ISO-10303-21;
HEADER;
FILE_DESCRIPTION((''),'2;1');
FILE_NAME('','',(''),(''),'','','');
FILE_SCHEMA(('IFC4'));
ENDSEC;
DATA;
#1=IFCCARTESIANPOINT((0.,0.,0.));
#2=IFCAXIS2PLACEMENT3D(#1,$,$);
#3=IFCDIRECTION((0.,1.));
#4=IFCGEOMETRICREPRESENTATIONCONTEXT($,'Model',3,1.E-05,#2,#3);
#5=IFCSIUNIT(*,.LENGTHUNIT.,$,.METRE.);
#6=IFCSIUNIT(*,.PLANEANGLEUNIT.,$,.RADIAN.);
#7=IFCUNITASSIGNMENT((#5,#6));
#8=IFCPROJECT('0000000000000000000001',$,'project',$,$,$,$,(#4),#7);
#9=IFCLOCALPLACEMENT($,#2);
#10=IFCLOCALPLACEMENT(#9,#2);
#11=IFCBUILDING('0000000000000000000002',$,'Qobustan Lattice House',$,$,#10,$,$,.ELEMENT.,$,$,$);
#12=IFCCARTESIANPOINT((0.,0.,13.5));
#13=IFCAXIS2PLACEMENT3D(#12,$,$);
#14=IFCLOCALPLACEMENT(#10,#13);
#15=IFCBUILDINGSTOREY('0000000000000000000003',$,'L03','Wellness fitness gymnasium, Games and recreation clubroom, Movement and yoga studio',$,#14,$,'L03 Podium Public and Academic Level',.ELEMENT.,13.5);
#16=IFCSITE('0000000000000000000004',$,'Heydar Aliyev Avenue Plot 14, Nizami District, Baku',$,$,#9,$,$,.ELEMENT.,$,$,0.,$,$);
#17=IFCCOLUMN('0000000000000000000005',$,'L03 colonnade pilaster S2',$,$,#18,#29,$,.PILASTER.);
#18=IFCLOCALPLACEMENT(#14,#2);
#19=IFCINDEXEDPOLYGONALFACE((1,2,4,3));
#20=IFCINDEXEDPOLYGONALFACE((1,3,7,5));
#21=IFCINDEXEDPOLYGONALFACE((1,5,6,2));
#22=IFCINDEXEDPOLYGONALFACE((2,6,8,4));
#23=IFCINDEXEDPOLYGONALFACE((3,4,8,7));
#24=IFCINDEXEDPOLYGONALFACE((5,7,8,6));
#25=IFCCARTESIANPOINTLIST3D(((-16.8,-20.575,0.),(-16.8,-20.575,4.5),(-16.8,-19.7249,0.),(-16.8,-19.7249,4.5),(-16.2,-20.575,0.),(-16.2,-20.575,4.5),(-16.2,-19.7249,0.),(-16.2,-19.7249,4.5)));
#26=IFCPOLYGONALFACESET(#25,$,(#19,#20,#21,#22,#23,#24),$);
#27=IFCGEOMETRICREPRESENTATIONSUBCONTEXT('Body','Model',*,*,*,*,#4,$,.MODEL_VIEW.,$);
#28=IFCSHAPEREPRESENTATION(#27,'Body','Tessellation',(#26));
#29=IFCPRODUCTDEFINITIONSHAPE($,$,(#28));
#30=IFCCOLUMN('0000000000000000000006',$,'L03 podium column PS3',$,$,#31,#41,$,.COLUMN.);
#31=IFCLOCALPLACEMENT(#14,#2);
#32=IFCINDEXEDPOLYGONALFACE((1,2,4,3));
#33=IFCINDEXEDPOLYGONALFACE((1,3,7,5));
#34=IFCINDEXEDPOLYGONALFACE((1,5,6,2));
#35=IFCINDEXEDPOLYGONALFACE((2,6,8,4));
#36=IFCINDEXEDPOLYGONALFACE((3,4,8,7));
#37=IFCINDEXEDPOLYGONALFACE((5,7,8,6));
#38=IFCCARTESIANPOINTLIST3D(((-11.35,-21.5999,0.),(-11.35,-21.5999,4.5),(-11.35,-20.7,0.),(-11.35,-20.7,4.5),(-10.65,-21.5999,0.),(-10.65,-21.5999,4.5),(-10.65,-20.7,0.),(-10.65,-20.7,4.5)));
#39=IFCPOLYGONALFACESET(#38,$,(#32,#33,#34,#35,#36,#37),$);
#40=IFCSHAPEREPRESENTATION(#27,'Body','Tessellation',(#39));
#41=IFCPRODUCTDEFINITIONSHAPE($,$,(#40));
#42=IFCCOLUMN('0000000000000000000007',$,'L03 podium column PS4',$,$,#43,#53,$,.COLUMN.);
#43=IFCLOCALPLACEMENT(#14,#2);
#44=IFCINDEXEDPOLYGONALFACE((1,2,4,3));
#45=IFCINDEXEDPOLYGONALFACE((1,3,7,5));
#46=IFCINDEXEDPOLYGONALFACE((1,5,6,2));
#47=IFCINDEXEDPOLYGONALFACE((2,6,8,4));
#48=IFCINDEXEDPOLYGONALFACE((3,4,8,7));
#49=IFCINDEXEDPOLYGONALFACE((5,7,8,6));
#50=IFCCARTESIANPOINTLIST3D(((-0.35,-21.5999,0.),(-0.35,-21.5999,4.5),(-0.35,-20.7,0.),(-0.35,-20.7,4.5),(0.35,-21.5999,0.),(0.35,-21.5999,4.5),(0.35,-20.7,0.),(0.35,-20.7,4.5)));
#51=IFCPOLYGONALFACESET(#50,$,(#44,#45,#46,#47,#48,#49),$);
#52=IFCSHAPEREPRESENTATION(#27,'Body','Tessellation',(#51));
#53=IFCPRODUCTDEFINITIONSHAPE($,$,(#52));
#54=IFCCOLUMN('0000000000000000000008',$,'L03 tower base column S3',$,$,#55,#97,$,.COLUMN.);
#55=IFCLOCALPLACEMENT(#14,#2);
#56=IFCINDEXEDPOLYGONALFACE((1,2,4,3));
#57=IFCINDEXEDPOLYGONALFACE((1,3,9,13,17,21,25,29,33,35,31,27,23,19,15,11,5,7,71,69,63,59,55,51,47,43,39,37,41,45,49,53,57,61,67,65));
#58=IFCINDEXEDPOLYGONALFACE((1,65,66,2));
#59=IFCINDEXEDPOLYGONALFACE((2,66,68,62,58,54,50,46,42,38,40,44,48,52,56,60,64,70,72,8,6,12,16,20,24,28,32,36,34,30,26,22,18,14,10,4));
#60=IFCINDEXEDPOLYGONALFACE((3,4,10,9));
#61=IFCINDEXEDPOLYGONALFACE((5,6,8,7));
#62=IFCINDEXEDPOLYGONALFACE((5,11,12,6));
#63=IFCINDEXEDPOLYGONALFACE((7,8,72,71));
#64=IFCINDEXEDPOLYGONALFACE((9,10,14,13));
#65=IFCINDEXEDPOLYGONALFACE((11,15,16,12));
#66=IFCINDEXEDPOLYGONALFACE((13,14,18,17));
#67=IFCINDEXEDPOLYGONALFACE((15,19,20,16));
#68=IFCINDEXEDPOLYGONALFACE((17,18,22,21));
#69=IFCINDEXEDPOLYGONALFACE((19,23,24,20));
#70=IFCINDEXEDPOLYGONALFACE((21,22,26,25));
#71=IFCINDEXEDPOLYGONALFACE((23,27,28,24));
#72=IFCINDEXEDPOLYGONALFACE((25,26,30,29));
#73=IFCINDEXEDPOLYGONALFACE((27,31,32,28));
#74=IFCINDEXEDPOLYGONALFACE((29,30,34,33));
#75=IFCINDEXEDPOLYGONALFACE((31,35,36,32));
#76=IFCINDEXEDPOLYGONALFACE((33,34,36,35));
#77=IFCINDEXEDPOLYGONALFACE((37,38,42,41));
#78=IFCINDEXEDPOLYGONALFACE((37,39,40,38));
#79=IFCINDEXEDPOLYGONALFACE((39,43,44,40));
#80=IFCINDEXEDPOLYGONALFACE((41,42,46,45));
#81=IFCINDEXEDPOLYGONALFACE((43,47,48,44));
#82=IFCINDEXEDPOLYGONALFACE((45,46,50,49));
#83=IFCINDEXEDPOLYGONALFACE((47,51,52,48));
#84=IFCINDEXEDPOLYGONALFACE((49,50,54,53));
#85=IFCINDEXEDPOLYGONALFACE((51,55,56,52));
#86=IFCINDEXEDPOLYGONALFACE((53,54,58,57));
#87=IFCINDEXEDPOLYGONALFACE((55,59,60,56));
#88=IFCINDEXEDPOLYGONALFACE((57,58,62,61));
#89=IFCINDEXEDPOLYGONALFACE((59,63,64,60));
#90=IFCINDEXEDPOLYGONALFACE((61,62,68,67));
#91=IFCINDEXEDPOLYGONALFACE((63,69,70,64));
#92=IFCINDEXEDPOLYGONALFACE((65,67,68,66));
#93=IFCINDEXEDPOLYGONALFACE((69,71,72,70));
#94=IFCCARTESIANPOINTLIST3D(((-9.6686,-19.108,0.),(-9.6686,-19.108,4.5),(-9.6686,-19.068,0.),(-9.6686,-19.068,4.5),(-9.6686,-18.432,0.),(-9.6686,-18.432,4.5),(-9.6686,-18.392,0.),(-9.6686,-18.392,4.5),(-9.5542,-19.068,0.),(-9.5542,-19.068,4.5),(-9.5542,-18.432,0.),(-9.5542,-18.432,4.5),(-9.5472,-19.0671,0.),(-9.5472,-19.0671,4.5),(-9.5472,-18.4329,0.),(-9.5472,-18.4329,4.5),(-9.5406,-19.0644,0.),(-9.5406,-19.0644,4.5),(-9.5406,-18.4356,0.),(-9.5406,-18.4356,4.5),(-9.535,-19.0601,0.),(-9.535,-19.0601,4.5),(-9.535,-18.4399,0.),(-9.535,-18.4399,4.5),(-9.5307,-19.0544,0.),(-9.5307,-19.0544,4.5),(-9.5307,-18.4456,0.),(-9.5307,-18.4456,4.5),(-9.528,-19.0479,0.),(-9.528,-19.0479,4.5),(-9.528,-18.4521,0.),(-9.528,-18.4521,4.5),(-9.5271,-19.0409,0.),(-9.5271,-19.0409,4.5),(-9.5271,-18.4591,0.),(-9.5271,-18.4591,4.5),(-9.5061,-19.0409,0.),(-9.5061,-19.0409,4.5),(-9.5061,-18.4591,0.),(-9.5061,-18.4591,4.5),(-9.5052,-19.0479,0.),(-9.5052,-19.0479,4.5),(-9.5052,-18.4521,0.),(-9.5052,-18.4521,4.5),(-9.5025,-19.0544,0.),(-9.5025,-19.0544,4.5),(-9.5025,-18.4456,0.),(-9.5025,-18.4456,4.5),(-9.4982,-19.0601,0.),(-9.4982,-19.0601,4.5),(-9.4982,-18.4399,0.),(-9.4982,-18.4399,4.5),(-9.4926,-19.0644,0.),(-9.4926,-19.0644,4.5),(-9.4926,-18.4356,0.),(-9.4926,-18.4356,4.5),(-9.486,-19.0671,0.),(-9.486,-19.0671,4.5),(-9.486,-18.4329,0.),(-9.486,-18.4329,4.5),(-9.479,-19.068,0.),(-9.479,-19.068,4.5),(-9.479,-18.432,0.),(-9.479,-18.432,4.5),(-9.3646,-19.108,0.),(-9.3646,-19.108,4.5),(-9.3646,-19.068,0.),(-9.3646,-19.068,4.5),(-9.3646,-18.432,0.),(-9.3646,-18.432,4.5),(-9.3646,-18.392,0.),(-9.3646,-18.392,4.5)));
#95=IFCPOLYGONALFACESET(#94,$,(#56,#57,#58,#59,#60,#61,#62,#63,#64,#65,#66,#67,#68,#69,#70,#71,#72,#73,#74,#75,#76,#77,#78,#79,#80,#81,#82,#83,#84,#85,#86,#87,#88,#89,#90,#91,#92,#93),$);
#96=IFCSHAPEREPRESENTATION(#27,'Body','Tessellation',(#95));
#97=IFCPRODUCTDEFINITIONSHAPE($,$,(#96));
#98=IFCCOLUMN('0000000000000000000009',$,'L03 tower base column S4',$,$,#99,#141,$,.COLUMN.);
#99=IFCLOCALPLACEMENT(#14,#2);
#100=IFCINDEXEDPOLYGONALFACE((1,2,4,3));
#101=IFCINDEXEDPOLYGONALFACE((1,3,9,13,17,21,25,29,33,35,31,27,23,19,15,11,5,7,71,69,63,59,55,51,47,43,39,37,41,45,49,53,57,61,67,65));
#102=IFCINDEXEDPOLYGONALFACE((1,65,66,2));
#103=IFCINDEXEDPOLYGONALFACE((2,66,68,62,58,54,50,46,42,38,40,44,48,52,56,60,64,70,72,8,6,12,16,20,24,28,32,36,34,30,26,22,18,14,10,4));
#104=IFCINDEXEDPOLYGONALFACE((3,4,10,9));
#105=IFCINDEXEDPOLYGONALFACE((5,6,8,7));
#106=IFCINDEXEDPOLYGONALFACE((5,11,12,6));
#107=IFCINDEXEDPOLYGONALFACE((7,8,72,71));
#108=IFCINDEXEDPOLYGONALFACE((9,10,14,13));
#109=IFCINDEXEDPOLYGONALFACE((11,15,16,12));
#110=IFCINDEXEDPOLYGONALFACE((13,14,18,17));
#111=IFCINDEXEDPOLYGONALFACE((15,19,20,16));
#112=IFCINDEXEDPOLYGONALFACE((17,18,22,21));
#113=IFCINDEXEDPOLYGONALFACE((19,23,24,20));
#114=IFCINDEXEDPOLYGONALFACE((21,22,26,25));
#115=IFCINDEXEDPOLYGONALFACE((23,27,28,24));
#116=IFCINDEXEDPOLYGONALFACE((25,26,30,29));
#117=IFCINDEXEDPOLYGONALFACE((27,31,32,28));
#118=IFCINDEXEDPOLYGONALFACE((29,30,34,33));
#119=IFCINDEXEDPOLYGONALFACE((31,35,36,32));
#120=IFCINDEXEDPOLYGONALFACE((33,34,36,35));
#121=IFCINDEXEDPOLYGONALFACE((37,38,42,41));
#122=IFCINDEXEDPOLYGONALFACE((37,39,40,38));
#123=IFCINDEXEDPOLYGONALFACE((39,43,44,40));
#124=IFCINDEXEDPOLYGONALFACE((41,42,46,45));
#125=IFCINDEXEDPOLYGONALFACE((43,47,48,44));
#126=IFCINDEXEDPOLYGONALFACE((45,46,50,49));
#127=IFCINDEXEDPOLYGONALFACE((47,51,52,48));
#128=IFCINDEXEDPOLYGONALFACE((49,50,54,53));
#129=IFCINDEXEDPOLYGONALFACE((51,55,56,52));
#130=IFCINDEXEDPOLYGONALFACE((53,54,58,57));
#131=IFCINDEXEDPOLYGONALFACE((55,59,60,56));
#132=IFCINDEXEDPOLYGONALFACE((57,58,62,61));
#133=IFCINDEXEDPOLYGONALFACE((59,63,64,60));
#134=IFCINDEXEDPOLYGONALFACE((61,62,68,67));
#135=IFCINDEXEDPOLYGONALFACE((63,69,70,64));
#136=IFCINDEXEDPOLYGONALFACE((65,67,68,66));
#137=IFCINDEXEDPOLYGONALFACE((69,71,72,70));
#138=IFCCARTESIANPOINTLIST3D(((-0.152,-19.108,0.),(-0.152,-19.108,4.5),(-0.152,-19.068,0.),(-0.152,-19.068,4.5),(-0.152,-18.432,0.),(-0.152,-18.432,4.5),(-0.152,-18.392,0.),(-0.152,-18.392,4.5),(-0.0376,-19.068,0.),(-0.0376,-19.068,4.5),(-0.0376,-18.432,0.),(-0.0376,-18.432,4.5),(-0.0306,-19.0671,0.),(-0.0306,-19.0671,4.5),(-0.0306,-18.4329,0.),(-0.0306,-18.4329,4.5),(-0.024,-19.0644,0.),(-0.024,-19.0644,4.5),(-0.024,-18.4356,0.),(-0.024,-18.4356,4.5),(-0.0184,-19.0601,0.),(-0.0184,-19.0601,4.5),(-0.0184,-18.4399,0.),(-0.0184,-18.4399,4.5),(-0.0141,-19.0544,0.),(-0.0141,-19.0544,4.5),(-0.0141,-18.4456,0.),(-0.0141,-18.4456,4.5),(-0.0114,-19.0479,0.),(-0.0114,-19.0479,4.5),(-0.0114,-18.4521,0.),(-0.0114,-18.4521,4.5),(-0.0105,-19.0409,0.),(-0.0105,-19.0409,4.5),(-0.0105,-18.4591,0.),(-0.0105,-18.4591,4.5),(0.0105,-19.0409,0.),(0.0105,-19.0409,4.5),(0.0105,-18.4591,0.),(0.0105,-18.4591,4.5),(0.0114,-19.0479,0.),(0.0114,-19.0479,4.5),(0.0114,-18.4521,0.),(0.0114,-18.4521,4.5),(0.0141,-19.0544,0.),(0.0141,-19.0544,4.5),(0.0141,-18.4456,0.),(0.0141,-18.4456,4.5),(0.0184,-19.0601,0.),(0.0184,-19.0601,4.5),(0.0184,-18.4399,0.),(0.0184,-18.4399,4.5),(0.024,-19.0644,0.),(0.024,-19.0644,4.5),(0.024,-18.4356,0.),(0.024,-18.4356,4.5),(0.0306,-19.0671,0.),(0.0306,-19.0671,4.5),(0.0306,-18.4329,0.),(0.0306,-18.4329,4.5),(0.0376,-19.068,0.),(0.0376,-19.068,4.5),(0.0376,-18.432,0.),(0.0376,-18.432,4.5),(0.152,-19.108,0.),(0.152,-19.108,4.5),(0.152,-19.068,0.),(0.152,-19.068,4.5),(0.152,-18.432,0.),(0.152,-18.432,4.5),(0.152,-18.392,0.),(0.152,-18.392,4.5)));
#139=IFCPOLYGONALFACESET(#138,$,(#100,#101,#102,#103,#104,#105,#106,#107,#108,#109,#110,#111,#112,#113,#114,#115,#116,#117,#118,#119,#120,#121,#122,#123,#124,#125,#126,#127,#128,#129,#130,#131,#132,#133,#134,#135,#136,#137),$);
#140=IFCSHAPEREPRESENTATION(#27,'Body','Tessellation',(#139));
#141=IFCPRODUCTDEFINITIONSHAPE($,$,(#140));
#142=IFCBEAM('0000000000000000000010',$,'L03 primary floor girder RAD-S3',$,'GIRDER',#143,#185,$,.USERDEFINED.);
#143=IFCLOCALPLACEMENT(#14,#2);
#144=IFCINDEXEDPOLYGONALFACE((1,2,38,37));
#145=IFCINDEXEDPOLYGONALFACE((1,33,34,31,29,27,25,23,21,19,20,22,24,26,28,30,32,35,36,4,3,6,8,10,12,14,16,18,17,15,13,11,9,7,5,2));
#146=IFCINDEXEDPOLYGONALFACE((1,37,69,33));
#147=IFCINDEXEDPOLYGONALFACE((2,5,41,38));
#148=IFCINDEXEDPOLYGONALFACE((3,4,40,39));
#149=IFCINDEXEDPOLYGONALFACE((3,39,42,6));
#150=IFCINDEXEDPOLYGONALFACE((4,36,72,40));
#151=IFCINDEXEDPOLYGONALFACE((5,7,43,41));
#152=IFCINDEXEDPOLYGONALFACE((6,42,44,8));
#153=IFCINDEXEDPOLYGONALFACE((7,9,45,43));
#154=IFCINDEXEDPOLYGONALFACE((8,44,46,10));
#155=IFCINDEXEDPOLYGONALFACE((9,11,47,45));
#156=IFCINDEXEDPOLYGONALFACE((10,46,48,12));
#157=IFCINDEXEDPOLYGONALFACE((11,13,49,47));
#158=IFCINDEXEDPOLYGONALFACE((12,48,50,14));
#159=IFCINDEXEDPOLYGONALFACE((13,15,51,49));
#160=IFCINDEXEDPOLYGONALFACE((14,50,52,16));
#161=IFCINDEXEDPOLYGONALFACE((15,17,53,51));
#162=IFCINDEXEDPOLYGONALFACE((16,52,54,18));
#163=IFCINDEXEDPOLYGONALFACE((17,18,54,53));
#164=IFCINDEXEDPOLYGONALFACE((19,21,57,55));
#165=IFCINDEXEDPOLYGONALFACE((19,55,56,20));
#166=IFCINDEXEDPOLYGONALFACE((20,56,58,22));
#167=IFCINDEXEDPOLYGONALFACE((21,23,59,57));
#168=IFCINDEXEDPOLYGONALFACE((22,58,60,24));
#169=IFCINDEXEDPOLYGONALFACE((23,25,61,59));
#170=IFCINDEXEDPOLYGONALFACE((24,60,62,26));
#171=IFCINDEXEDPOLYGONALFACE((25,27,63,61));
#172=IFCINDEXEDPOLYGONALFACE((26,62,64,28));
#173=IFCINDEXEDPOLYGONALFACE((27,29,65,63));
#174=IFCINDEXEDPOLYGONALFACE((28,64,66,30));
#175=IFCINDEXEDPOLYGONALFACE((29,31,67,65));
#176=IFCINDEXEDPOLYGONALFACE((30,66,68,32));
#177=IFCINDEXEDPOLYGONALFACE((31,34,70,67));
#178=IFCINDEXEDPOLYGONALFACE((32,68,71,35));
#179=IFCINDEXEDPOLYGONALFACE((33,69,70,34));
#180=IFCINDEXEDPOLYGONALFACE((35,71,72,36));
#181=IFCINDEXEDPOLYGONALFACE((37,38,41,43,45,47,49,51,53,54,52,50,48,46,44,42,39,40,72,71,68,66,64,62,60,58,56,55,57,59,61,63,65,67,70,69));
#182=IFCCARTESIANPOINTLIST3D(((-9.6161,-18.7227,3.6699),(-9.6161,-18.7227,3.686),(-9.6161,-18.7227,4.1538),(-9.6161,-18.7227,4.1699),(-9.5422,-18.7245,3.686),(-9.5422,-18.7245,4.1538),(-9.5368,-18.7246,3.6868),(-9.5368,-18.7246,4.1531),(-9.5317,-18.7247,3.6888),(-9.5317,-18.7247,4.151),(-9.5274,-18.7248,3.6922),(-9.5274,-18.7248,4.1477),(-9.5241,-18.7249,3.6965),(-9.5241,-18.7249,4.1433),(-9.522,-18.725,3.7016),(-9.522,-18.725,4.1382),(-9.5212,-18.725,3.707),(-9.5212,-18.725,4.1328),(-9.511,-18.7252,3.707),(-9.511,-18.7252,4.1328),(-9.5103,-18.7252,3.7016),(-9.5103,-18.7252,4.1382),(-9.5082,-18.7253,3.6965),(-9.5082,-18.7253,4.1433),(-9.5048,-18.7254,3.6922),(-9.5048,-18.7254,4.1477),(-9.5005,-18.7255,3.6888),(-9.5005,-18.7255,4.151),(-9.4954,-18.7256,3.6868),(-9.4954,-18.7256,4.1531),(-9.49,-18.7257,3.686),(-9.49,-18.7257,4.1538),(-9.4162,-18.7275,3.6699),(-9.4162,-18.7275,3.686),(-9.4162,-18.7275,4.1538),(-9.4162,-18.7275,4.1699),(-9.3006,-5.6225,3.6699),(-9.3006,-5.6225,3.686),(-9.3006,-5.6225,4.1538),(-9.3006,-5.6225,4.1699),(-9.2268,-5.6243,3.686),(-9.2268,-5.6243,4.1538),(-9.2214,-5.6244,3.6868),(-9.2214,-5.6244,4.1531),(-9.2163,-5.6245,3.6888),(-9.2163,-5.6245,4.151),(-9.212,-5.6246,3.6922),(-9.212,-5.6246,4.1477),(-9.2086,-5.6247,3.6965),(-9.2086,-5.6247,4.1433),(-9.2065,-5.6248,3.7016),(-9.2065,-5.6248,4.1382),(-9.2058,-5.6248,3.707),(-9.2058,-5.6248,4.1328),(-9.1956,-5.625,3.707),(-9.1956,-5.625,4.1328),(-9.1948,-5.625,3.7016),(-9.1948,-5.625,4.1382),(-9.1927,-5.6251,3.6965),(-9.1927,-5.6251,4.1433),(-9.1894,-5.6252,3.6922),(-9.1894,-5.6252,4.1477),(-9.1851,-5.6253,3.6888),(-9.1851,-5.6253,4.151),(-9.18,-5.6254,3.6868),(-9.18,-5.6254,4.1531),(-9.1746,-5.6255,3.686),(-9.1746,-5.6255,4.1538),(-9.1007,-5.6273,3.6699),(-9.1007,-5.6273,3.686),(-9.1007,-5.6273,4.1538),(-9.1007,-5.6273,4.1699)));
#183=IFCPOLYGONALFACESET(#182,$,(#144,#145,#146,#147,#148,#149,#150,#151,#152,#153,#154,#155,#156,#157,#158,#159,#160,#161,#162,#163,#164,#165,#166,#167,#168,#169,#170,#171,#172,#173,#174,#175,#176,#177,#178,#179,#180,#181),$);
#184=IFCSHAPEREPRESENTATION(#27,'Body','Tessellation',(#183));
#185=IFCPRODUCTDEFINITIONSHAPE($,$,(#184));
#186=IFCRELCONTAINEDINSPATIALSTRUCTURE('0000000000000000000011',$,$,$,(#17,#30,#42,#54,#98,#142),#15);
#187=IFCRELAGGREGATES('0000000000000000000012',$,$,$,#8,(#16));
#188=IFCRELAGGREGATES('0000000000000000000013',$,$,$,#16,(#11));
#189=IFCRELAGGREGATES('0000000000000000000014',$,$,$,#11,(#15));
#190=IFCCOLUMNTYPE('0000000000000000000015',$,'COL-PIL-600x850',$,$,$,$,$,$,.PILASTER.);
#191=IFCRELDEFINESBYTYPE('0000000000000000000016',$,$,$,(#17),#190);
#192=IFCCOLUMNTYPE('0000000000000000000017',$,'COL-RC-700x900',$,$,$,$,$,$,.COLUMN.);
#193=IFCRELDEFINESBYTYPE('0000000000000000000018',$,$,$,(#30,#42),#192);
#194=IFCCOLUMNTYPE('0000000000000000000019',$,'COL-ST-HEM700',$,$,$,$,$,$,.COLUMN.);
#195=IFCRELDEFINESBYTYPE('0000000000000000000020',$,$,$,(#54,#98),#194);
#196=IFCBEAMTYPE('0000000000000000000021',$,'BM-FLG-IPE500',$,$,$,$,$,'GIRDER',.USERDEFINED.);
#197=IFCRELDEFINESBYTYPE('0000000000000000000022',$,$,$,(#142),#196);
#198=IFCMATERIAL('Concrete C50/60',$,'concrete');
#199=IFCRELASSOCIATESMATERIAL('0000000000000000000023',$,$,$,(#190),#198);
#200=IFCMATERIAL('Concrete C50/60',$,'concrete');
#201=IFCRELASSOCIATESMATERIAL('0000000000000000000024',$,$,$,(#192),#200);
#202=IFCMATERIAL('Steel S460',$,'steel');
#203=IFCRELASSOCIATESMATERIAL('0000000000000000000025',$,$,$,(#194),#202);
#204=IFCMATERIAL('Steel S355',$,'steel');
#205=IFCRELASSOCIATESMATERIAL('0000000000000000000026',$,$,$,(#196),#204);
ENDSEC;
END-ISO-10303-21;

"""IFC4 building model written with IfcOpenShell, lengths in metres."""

from ifc_helpers import new_model, si_unit, direction, frame, origin, origin_2d, place, context, subcontext, project, spatial, rectangle, i_section, extrude, material, material_profile, profile_set, type_object, element, save


model = new_model("IFC4")

# Units and contexts
model_context = context("Model", 3, precision=1e-05, world=origin(), true_north=direction((0.0, 1.0)))
body_context = subcontext(model_context, "Body", "Model", "MODEL_VIEW")
ifc_project = project(units=[si_unit("LENGTHUNIT", "METRE"), si_unit("PLANEANGLEUNIT", "RADIAN")], contexts=[model_context])

# Site, building, storey
site_placement = place(None, origin())
site = spatial("IfcSite", under=ifc_project, at=site_placement, Name="Heydar Aliyev Avenue Plot 14, Nizami District, Baku", CompositionType="ELEMENT", RefElevation=0.0)
building_placement = place(site_placement, origin())
building = spatial("IfcBuilding", under=site, at=building_placement, Name="Qobustan Lattice House", CompositionType="ELEMENT")
storey_placement = place(building_placement, frame((0.0, 0.0, 13.5)))
storey = spatial("IfcBuildingStorey", under=building, at=storey_placement, Name="L03", Description="Wellness fitness gymnasium, Games and recreation clubroom, Movement and yoga studio", LongName="L03 Podium Public and Academic Level", CompositionType="ELEMENT", Elevation=13.5)

# Columns
ifc_material_1 = material(Name="Concrete C50/60", Category="concrete")
ifc_material_profile_1 = material_profile(ifc_material_1, rectangle(XDim=0.6001, YDim=0.8501, at=origin_2d()), Name="RC600x850")
ifc_profile_set_1 = profile_set([ifc_material_profile_1], Name="Concrete C50/60")
column_type_1 = type_object("IfcColumnType", Name="COL-PIL-600x850", PredefinedType="PILASTER", material=ifc_profile_set_1)
column_placement = place(storey_placement, frame((-16.5, -20.1499, 0.0), z_axis=(0.0, 0.0, 1.0), x_axis=(1.0, 0.0, 0.0)))
element("IfcColumn", 1, at=column_placement, inside=storey, type_object=column_type_1, Name="L03 colonnade pilaster S2", PredefinedType="PILASTER", context=body_context, shape_type="SweptSolid", body=[
    extrude(rectangle(XDim=0.6001, YDim=0.8501, at=origin_2d()), origin(), (0.0, 0.0, 1.0), 4.5),
])
ifc_material_2 = material(Name="Concrete C50/60", Category="concrete")
ifc_material_profile_2 = material_profile(ifc_material_2, rectangle(XDim=0.7, YDim=0.8999, at=origin_2d()), Name="RC700x900")
ifc_profile_set_2 = profile_set([ifc_material_profile_2], Name="Concrete C50/60")
column_type_2 = type_object("IfcColumnType", Name="COL-RC-700x900", PredefinedType="COLUMN", material=ifc_profile_set_2)
for number, where, z_axis, x_axis, name in (
    (2, (-11.0, -21.1499, 0.0), (0.0, 0.0, 1.0), (1.0, 0.0, 0.0), "L03 podium column PS3"),
    (3, (0.0, -21.1499, 0.0), (0.0, 0.0, 1.0), (1.0, 0.0, 0.0), "L03 podium column PS4"),
):
    element("IfcColumn", number, at=place(storey_placement, frame(where, z_axis=z_axis, x_axis=x_axis)), inside=storey, type_object=column_type_2, Name=name, PredefinedType="COLUMN", context=body_context, shape_type="SweptSolid", body=[
        extrude(rectangle(XDim=0.7, YDim=0.8999, at=origin_2d()), origin(), (0.0, 0.0, 1.0), 4.5),
    ])
ifc_material_3 = material(Name="Steel S460", Category="steel")
ifc_material_profile_3 = material_profile(ifc_material_3, i_section(OverallWidth=0.304, OverallDepth=0.7161, WebThickness=0.021, FlangeThickness=0.04, FilletRadius=0.0271, at=origin_2d()), Name="HEM700")
ifc_profile_set_3 = profile_set([ifc_material_profile_3], Name="Steel S460")
column_type_3 = type_object("IfcColumnType", Name="COL-ST-HEM700", PredefinedType="COLUMN", material=ifc_profile_set_3)
for number, where, z_axis, x_axis, name in (
    (4, (-9.5166, -18.75, 0.0), (0.0, 0.0, 1.0), (1.0, 0.0, 0.0), "L03 tower base column S3"),
    (5, (0.0, -18.75, 0.0), (0.0, 0.0, 1.0), (1.0, 0.0, 0.0), "L03 tower base column S4"),
):
    element("IfcColumn", number, at=place(storey_placement, frame(where, z_axis=z_axis, x_axis=x_axis)), inside=storey, type_object=column_type_3, Name=name, PredefinedType="COLUMN", context=body_context, shape_type="SweptSolid", body=[
        extrude(i_section(OverallWidth=0.304, OverallDepth=0.7161, WebThickness=0.021, FlangeThickness=0.04, FilletRadius=0.0271, at=origin_2d()), origin(), (0.0, 0.0, 1.0), 4.5),
    ])

# Beam
ifc_material_4 = material(Name="Steel S355", Category="steel")
ifc_material_profile_4 = material_profile(ifc_material_4, i_section(OverallWidth=0.2, OverallDepth=0.5, WebThickness=0.0103, FlangeThickness=0.0161, FilletRadius=0.021, at=origin_2d()), Name="IPE500")
ifc_profile_set_4 = profile_set([ifc_material_profile_4], Name="Steel S355")
beam_type_1 = type_object("IfcBeamType", Name="BM-FLG-IPE500", ElementType="GIRDER", PredefinedType="USERDEFINED", material=ifc_profile_set_4)
beam_1_placement = place(storey_placement, frame((-9.5161, -18.7251, 3.9199), z_axis=(0.024071, 0.99971, 0.0), x_axis=(-0.99971, 0.024071, 0.0)))
element("IfcBeam", 6, at=beam_1_placement, inside=storey, type_object=beam_type_1, Name="L03 primary floor girder RAD-S3", ObjectType="GIRDER", PredefinedType="USERDEFINED", context=body_context, shape_type="SweptSolid", body=[
    extrude(i_section(OverallWidth=0.2, OverallDepth=0.5, WebThickness=0.0103, FlangeThickness=0.0161, FilletRadius=0.021, at=origin_2d()), origin(), (0.0, 0.0, 1.0), 13.104),
])

save(model, "model.ifc")
